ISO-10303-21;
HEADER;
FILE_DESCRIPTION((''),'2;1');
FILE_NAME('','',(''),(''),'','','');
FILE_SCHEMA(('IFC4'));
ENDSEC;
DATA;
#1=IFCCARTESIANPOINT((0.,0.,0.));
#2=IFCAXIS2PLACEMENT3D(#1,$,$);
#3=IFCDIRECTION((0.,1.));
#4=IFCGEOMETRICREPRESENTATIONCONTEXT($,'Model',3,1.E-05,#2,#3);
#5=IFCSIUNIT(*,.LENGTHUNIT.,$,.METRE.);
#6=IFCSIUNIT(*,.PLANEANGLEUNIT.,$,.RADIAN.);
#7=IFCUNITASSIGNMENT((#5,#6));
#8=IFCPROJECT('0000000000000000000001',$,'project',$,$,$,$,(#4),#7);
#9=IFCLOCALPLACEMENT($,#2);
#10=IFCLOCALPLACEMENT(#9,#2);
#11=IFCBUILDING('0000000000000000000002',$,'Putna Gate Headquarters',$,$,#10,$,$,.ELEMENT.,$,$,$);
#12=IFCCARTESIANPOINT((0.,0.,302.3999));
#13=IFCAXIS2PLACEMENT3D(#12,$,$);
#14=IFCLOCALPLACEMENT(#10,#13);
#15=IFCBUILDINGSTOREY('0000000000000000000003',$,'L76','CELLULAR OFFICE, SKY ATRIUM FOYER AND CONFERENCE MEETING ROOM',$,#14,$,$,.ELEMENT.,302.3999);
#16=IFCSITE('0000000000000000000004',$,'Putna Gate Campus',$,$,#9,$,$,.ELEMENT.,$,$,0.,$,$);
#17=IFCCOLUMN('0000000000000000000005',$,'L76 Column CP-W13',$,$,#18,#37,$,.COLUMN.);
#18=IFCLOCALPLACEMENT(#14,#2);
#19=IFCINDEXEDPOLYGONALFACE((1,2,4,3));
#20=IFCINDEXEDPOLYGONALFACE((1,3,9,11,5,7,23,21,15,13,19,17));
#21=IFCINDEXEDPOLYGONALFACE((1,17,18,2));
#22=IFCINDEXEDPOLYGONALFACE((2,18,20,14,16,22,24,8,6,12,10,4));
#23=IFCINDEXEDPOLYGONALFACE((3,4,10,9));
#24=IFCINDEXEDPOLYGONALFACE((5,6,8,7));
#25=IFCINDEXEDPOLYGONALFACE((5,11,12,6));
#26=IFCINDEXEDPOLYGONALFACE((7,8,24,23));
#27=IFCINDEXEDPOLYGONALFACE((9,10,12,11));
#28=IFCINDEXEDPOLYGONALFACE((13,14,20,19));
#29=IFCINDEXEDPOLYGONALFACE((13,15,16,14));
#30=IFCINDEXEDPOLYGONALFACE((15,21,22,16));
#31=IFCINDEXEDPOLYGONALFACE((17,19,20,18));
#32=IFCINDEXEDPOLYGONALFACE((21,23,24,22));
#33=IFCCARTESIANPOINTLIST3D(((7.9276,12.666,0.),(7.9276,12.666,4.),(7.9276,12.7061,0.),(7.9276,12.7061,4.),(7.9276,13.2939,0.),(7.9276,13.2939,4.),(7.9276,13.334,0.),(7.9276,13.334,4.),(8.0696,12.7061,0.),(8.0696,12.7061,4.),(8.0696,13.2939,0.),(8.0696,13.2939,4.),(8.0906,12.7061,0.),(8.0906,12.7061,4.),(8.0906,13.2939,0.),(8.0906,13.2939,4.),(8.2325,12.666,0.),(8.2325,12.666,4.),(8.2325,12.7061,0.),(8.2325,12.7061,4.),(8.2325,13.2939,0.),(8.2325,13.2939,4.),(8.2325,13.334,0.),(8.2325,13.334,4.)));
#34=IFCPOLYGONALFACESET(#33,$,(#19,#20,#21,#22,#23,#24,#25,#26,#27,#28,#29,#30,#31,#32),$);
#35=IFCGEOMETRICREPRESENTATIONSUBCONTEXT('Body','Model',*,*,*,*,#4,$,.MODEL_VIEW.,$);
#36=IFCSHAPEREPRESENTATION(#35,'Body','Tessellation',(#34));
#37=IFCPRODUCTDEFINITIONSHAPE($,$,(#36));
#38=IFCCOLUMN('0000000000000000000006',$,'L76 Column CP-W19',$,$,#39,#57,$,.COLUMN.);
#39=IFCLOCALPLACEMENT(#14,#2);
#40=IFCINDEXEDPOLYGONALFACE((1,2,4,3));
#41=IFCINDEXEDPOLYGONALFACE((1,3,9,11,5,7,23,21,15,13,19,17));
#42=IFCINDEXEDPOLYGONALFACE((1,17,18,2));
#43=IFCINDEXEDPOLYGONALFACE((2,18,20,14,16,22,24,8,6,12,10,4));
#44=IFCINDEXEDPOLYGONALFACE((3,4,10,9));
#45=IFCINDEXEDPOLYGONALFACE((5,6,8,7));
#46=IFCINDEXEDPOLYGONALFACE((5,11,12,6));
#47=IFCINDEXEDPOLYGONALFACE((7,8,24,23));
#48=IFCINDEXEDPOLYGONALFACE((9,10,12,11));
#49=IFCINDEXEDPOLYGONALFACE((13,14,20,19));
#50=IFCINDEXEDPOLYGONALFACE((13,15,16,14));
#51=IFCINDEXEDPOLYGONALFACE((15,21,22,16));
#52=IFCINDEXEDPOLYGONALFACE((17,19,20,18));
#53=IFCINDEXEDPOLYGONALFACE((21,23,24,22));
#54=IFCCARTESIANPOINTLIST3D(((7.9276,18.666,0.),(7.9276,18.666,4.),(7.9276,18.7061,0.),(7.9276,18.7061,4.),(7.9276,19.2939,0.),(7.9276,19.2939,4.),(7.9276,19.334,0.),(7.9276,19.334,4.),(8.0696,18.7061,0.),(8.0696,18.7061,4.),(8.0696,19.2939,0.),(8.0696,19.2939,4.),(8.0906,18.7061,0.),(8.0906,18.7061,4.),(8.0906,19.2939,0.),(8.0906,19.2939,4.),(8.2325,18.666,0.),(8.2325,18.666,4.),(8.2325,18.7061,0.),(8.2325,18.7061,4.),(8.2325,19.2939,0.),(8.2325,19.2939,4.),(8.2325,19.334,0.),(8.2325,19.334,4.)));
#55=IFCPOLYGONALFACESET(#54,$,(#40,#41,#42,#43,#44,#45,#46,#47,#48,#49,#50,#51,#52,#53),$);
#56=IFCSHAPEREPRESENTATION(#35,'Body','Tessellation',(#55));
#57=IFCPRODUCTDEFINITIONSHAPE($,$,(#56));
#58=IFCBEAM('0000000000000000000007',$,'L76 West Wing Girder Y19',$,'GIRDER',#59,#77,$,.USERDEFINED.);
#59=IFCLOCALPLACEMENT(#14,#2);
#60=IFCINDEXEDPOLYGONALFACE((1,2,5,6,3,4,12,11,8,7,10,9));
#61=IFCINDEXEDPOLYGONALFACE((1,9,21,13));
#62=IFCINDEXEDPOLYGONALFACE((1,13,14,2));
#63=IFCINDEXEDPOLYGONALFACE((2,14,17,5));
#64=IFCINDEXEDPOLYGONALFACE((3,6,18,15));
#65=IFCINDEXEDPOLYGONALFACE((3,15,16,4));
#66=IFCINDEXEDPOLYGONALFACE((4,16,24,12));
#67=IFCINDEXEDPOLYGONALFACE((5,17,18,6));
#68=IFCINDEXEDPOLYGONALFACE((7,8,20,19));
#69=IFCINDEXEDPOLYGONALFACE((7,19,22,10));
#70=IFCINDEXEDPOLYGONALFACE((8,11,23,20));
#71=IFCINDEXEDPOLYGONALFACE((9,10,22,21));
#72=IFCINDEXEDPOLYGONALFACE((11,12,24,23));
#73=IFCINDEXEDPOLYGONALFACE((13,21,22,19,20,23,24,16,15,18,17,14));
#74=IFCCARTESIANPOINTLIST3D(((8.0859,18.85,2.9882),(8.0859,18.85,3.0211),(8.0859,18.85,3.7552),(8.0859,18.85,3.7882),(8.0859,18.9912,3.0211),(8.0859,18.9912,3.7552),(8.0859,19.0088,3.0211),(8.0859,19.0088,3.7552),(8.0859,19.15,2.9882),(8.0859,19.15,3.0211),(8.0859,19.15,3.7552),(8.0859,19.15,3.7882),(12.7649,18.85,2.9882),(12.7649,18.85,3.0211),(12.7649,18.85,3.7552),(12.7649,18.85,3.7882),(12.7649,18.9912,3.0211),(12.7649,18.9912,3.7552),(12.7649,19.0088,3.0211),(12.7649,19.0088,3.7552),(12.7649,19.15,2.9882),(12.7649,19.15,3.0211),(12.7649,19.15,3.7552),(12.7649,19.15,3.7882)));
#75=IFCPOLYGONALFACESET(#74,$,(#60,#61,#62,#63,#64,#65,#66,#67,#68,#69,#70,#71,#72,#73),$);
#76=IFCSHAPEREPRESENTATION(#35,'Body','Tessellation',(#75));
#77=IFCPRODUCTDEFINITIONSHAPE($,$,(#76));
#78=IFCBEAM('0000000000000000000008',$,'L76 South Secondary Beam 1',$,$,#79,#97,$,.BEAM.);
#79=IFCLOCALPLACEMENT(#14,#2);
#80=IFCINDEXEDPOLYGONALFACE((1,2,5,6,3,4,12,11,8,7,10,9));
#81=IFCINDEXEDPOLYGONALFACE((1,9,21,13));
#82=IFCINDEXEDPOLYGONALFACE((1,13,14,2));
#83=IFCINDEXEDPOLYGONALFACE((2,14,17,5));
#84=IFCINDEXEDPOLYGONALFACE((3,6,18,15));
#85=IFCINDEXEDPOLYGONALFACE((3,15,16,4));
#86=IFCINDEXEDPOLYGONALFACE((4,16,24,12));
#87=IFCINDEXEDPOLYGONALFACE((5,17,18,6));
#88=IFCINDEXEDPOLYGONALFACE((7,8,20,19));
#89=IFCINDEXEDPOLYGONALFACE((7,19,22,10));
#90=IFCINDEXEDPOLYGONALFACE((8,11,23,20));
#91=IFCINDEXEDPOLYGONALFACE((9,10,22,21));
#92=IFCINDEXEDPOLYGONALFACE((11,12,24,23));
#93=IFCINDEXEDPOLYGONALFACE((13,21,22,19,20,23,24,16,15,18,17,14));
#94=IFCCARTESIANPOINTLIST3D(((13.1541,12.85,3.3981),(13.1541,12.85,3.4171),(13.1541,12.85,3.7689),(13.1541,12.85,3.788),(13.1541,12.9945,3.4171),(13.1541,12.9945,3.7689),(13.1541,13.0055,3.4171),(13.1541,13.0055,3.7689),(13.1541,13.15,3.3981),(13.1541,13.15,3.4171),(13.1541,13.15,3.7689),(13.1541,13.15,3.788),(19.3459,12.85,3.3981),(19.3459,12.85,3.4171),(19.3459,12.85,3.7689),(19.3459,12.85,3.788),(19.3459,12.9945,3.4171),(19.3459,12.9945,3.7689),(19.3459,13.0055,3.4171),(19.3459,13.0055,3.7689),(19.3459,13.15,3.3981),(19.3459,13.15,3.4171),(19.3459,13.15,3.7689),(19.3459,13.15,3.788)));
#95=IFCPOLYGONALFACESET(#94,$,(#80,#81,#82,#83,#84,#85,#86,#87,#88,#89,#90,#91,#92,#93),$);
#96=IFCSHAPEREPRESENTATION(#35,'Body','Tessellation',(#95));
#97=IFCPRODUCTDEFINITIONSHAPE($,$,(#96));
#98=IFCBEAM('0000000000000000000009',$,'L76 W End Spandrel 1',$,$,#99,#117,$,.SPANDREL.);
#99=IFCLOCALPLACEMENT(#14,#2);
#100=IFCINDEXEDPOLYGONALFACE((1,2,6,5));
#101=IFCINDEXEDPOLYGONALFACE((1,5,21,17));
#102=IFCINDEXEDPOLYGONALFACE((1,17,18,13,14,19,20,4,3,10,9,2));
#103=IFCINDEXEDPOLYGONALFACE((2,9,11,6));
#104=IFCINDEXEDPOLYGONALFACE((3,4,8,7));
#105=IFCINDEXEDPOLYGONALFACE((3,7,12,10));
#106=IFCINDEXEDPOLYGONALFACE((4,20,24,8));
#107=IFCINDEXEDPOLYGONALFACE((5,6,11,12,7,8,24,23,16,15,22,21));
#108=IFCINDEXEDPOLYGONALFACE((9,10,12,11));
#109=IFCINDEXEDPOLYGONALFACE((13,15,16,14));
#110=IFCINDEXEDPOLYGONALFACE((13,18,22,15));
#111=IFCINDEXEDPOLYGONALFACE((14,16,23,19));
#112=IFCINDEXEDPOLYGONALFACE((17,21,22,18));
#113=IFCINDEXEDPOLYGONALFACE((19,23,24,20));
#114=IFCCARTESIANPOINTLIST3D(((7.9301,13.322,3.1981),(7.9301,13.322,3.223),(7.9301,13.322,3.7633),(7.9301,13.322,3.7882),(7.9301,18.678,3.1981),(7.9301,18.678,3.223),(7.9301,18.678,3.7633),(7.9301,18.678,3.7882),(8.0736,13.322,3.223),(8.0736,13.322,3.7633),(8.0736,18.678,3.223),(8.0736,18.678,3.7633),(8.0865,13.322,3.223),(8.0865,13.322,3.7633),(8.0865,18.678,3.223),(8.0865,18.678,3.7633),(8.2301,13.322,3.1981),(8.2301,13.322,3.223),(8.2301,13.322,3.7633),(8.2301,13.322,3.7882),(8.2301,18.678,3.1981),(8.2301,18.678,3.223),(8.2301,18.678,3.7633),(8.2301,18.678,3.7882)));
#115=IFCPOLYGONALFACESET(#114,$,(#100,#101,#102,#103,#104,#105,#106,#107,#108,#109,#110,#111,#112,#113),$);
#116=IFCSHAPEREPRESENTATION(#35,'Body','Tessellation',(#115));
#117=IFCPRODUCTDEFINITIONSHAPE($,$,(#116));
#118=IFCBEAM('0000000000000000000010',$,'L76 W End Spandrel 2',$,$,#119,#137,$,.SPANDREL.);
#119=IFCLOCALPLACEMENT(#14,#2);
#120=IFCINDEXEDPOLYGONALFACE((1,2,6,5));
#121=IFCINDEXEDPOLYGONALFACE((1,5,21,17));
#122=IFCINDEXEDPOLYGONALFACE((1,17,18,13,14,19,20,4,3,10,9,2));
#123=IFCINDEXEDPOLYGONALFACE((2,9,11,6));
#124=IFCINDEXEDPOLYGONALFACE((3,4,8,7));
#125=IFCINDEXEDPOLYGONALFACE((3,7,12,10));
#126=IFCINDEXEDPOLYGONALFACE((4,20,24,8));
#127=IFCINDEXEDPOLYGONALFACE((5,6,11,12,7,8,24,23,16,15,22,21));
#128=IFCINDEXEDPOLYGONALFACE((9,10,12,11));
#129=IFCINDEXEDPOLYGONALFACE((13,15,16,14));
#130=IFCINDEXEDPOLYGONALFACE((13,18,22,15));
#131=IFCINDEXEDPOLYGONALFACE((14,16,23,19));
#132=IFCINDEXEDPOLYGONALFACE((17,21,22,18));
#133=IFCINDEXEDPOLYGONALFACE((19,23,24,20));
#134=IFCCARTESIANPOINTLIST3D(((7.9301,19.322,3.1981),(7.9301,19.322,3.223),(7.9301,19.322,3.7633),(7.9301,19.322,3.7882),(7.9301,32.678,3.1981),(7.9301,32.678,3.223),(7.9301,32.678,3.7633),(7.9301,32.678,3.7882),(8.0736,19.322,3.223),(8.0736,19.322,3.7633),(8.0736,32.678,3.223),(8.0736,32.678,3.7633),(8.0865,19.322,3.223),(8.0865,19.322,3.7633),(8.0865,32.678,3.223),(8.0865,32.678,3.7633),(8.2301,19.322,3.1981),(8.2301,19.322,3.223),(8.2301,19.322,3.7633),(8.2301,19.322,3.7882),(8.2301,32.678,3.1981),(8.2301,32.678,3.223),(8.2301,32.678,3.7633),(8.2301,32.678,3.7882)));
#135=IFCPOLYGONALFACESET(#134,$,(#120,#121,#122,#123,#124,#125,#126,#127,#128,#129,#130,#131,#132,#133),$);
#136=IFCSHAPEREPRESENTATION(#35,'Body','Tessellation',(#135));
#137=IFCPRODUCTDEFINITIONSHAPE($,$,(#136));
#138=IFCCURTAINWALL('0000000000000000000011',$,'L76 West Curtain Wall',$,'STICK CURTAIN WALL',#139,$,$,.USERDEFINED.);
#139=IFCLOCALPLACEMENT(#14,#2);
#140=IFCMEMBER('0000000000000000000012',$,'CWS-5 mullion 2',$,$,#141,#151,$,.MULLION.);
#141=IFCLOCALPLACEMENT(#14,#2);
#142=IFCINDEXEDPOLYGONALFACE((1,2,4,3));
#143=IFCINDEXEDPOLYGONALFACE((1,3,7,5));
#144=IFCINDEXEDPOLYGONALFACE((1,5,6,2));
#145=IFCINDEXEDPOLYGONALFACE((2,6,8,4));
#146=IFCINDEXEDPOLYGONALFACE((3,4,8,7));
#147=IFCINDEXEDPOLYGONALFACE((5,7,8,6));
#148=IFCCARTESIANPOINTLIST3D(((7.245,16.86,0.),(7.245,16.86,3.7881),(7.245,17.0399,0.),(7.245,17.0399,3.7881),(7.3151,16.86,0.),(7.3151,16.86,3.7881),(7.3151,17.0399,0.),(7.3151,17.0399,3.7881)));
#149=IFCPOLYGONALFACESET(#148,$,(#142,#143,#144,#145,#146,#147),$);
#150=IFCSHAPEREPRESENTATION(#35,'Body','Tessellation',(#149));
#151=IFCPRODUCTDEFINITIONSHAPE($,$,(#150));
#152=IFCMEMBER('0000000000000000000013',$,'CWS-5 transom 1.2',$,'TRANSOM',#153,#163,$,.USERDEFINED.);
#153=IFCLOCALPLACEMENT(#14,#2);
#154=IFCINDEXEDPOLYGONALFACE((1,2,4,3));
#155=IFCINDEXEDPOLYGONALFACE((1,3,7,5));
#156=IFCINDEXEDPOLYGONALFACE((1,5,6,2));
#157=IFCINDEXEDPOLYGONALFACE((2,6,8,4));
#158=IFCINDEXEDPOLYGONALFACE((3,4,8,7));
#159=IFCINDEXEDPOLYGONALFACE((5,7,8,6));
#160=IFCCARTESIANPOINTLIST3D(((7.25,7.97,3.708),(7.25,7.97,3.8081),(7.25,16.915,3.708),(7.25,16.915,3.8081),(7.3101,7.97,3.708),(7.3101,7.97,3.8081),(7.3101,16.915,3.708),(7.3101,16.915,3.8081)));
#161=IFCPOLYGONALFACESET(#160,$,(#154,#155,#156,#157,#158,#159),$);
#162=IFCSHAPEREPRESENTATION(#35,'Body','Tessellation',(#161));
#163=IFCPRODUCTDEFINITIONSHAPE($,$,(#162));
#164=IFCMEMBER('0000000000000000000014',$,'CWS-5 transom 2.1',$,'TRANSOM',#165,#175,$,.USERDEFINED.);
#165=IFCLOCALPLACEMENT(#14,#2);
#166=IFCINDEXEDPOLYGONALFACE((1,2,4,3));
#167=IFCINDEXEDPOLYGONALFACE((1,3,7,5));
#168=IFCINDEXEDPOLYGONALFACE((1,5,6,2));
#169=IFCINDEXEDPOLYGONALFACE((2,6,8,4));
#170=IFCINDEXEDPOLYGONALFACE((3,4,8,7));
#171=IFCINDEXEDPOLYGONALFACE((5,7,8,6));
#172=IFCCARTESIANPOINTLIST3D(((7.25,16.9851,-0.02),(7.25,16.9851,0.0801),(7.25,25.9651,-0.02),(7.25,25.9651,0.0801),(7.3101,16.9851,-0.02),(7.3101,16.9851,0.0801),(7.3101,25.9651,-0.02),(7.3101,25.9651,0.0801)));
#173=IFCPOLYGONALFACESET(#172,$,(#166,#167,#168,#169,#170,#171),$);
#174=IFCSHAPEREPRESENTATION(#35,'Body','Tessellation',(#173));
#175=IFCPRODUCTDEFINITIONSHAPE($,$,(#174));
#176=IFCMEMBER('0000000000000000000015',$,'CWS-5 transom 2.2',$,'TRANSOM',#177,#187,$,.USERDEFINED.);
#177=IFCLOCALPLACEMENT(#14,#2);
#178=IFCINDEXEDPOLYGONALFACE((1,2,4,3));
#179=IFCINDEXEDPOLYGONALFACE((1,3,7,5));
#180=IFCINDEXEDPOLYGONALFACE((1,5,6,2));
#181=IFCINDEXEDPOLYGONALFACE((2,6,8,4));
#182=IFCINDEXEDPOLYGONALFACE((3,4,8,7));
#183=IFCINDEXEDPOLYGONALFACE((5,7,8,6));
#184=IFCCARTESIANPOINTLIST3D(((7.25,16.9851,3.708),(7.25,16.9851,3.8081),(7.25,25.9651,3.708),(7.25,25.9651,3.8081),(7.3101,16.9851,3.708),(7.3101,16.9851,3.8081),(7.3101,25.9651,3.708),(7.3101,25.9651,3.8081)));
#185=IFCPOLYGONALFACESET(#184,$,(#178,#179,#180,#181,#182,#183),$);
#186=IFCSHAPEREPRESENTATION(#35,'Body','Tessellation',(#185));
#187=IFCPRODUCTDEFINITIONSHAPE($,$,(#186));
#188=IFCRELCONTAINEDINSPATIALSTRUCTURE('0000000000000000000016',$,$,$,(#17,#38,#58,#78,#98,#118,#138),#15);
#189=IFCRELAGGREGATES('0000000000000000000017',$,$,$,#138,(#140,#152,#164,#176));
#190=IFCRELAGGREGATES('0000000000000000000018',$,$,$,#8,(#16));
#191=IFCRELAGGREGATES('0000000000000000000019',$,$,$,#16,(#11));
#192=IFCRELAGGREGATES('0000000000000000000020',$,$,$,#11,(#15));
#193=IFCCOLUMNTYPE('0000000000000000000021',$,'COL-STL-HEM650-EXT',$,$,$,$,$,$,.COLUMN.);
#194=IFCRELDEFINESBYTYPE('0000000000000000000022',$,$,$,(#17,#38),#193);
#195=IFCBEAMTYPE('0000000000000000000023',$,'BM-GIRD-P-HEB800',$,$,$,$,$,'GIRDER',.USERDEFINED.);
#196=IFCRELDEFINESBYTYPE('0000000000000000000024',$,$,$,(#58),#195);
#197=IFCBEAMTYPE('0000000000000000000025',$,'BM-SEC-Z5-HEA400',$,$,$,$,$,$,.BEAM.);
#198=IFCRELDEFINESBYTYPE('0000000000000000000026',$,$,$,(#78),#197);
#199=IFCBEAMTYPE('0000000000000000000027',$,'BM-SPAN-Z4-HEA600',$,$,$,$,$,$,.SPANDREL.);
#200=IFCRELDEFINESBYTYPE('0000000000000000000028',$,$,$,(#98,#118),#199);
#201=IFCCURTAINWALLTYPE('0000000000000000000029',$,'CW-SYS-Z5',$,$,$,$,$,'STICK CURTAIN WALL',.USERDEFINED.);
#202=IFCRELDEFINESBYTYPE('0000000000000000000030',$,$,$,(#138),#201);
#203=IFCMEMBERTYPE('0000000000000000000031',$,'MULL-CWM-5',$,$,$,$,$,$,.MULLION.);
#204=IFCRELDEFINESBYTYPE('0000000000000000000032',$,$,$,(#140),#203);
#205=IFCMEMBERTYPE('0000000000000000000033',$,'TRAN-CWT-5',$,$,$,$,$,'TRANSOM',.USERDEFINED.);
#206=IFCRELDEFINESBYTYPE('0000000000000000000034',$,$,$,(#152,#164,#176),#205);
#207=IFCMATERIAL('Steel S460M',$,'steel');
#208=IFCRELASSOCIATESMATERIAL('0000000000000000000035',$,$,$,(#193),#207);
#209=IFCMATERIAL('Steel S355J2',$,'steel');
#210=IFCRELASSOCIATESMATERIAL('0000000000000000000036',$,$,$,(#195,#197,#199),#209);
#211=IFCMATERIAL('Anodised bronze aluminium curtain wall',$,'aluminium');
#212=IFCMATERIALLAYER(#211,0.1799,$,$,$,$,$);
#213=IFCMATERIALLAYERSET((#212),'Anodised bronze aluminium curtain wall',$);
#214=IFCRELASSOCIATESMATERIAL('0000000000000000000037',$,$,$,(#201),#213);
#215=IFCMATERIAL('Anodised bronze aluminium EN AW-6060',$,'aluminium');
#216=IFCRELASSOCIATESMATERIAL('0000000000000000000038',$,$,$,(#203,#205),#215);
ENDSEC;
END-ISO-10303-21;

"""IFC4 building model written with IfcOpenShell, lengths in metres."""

from ifc_helpers import new_model, si_unit, direction, frame, origin, origin_2d, place, context, subcontext, project, spatial, rectangle, i_section, extrude, material, layer, layer_set, material_profile, profile_set, type_object, element, aggregate, save


model = new_model("IFC4")

# Units and contexts
model_context = context("Model", 3, precision=1e-05, world=origin(), true_north=direction((0.0, 1.0)))
body_context = subcontext(model_context, "Body", "Model", "MODEL_VIEW")
ifc_project = project(units=[si_unit("LENGTHUNIT", "METRE"), si_unit("PLANEANGLEUNIT", "RADIAN")], contexts=[model_context])

# Site, building, storey
site_placement = place(None, origin())
site = spatial("IfcSite", under=ifc_project, at=site_placement, Name="Putna Gate Campus", CompositionType="ELEMENT", RefElevation=0.0)
building_placement = place(site_placement, origin())
building = spatial("IfcBuilding", under=site, at=building_placement, Name="Putna Gate Headquarters", CompositionType="ELEMENT")
storey_placement = place(building_placement, frame((0.0, 0.0, 302.3999)))
storey = spatial("IfcBuildingStorey", under=building, at=storey_placement, Name="L76", Description="CELLULAR OFFICE, SKY ATRIUM FOYER AND CONFERENCE MEETING ROOM", CompositionType="ELEMENT", Elevation=302.3999)

# Columns
ifc_material_1 = material(Name="Steel S460M", Category="steel")
ifc_material_profile_1 = material_profile(ifc_material_1, i_section(OverallWidth=0.3049, OverallDepth=0.668, WebThickness=0.021, FlangeThickness=0.04, at=origin_2d()), Name="Steel S460M")
ifc_profile_set_1 = profile_set([ifc_material_profile_1], Name="Steel S460M")
column_type = type_object("IfcColumnType", Name="COL-STL-HEM650-EXT", PredefinedType="COLUMN", material=ifc_profile_set_1)
for number, where, z_axis, x_axis, name in (
    (1, (8.0801, 13.0, 0.0), (0.0, 0.0, 1.0), (1.0, 0.0, 0.0), "L76 Column CP-W13"),
    (2, (8.0801, 19.0, 0.0), (0.0, 0.0, 1.0), (1.0, 0.0, 0.0), "L76 Column CP-W19"),
):
    element("IfcColumn", number, at=place(storey_placement, frame(where, z_axis=z_axis, x_axis=x_axis)), inside=storey, type_object=column_type, Name=name, PredefinedType="COLUMN", context=body_context, shape_type="SweptSolid", body=[
        extrude(i_section(OverallWidth=0.3049, OverallDepth=0.668, WebThickness=0.021, FlangeThickness=0.04, at=origin_2d()), origin(), (0.0, 0.0, 1.0), 4.0),
    ])

# Beams
ifc_material_2 = material(Name="Steel S355J2", Category="steel")
ifc_material_profile_2 = material_profile(ifc_material_2, i_section(OverallWidth=0.3, OverallDepth=0.8, WebThickness=0.0176, FlangeThickness=0.033, at=origin_2d()), Name="Steel S355J2")
ifc_profile_set_2 = profile_set([ifc_material_profile_2], Name="Steel S355J2")
beam_type_1 = type_object("IfcBeamType", Name="BM-GIRD-P-HEB800", ElementType="GIRDER", PredefinedType="USERDEFINED", material=ifc_profile_set_2)
beam_1_placement = place(storey_placement, frame((8.0859, 19.0, 3.3882), z_axis=(1.0, 0.0, 0.0), x_axis=(0.0, 1.0, 0.0)))
element("IfcBeam", 3, at=beam_1_placement, inside=storey, type_object=beam_type_1, Name="L76 West Wing Girder Y19", ObjectType="GIRDER", PredefinedType="USERDEFINED", context=body_context, shape_type="SweptSolid", body=[
    extrude(i_section(OverallWidth=0.3, OverallDepth=0.8, WebThickness=0.0176, FlangeThickness=0.033, at=origin_2d()), origin(), (0.0, 0.0, 1.0), 4.679),
])
ifc_material_profile_3 = material_profile(ifc_material_2, i_section(OverallWidth=0.3, OverallDepth=0.3899, WebThickness=0.011, FlangeThickness=0.019, at=origin_2d()), Name="Steel S355J2")
ifc_profile_set_3 = profile_set([ifc_material_profile_3], Name="Steel S355J2")
beam_type_2 = type_object("IfcBeamType", Name="BM-SEC-Z5-HEA400", PredefinedType="BEAM", material=ifc_profile_set_3)
beam_2_placement = place(storey_placement, frame((13.1541, 13.0, 3.593), z_axis=(1.0, 0.0, 0.0), x_axis=(0.0, 1.0, 0.0)))
element("IfcBeam", 4, at=beam_2_placement, inside=storey, type_object=beam_type_2, Name="L76 South Secondary Beam 1", PredefinedType="BEAM", context=body_context, shape_type="SweptSolid", body=[
    extrude(i_section(OverallWidth=0.3, OverallDepth=0.3899, WebThickness=0.011, FlangeThickness=0.019, at=origin_2d()), origin(), (0.0, 0.0, 1.0), 6.1919),
])
ifc_material_profile_4 = material_profile(ifc_material_2, i_section(OverallWidth=0.3, OverallDepth=0.5901, WebThickness=0.0129, FlangeThickness=0.0249, at=origin_2d()), Name="Steel S355J2")
ifc_profile_set_4 = profile_set([ifc_material_profile_4], Name="Steel S355J2")
beam_type_3 = type_object("IfcBeamType", Name="BM-SPAN-Z4-HEA600", PredefinedType="SPANDREL", material=ifc_profile_set_4)
beam_3_placement = place(storey_placement, frame((8.0801, 13.322, 3.4932), z_axis=(0.0, 1.0, 0.0), x_axis=(-1.0, 0.0, 0.0)))
element("IfcBeam", 5, at=beam_3_placement, inside=storey, type_object=beam_type_3, Name="L76 W End Spandrel 1", PredefinedType="SPANDREL", context=body_context, shape_type="SweptSolid", body=[
    extrude(i_section(OverallWidth=0.3, OverallDepth=0.5901, WebThickness=0.0129, FlangeThickness=0.0249, at=origin_2d()), origin(), (0.0, 0.0, 1.0), 5.356),
])
beam_4_placement = place(storey_placement, frame((8.0801, 19.322, 3.4932), z_axis=(0.0, 1.0, 0.0), x_axis=(-1.0, 0.0, 0.0)))
element("IfcBeam", 6, at=beam_4_placement, inside=storey, type_object=beam_type_3, Name="L76 W End Spandrel 2", PredefinedType="SPANDREL", context=body_context, shape_type="SweptSolid", body=[
    extrude(i_section(OverallWidth=0.3, OverallDepth=0.5901, WebThickness=0.0129, FlangeThickness=0.0249, at=origin_2d()), origin(), (0.0, 0.0, 1.0), 13.356),
])

# Curtain wall, members
ifc_material_3 = material(Name="Anodised bronze aluminium curtain wall", Category="aluminium")
ifc_layer_1 = layer(ifc_material_3, 0.1799)
ifc_layer_set_1 = layer_set([ifc_layer_1], Name="Anodised bronze aluminium curtain wall")
curtain_wall_type = type_object("IfcCurtainWallType", Name="CW-SYS-Z5", ElementType="STICK CURTAIN WALL", PredefinedType="USERDEFINED", material=ifc_layer_set_1)
curtain_wall_placement = place(storey_placement, origin())
curtain_wall = element("IfcCurtainWall", 7, at=curtain_wall_placement, inside=storey, type_object=curtain_wall_type, Name="L76 West Curtain Wall", ObjectType="STICK CURTAIN WALL", PredefinedType="USERDEFINED")
ifc_material_4 = material(Name="Anodised bronze aluminium EN AW-6060", Category="aluminium")
ifc_material_profile_5 = material_profile(ifc_material_4, rectangle(XDim=0.0701, YDim=0.1799, at=origin_2d()), Name="Anodised bronze aluminium EN AW-6060")
ifc_profile_set_5 = profile_set([ifc_material_profile_5], Name="Anodised bronze aluminium EN AW-6060")
member_type_1 = type_object("IfcMemberType", Name="MULL-CWM-5", PredefinedType="MULLION", material=ifc_profile_set_5)
member_1_placement = place(storey_placement, frame((7.28, 16.95, 0.0), z_axis=(0.0, 0.0, 1.0), x_axis=(-1.0, 0.0, 0.0)))
member_1 = element("IfcMember", 8, at=member_1_placement, type_object=member_type_1, Name="CWS-5 mullion 2", PredefinedType="MULLION", context=body_context, shape_type="SweptSolid", body=[
    extrude(rectangle(XDim=0.0701, YDim=0.1799, at=origin_2d()), origin(), (0.0, 0.0, 1.0), 3.7881),
])
ifc_material_profile_6 = material_profile(ifc_material_4, rectangle(XDim=0.0601, YDim=0.1001, at=origin_2d()), Name="Anodised bronze aluminium EN AW-6060")
ifc_profile_set_6 = profile_set([ifc_material_profile_6], Name="Anodised bronze aluminium EN AW-6060")
member_type_2 = type_object("IfcMemberType", Name="TRAN-CWT-5", ElementType="TRANSOM", PredefinedType="USERDEFINED", material=ifc_profile_set_6)
member_2_placement = place(storey_placement, frame((7.28, 7.97, 3.7581), z_axis=(0.0, 1.0, 0.0), x_axis=(-1.0, 0.0, 0.0)))
member_2 = element("IfcMember", 9, at=member_2_placement, type_object=member_type_2, Name="CWS-5 transom 1.2", ObjectType="TRANSOM", PredefinedType="USERDEFINED", context=body_context, shape_type="SweptSolid", body=[
    extrude(rectangle(XDim=0.0601, YDim=0.1001, at=origin_2d()), origin(), (0.0, 0.0, 1.0), 8.9451),
])
member_3_placement = place(storey_placement, frame((7.28, 16.9851, 0.03), z_axis=(0.0, 1.0, 0.0), x_axis=(-1.0, 0.0, 0.0)))
member_3 = element("IfcMember", 10, at=member_3_placement, type_object=member_type_2, Name="CWS-5 transom 2.1", ObjectType="TRANSOM", PredefinedType="USERDEFINED", context=body_context, shape_type="SweptSolid", body=[
    extrude(rectangle(XDim=0.0601, YDim=0.1001, at=origin_2d()), origin(), (0.0, 0.0, 1.0), 8.98),
])
member_4_placement = place(storey_placement, frame((7.28, 16.9851, 3.7581), z_axis=(0.0, 1.0, 0.0), x_axis=(-1.0, 0.0, 0.0)))
member_4 = element("IfcMember", 11, at=member_4_placement, type_object=member_type_2, Name="CWS-5 transom 2.2", ObjectType="TRANSOM", PredefinedType="USERDEFINED", context=body_context, shape_type="SweptSolid", body=[
    extrude(rectangle(XDim=0.0601, YDim=0.1001, at=origin_2d()), origin(), (0.0, 0.0, 1.0), 8.98),
])
aggregate(curtain_wall, [member_1, member_2, member_3, member_4])

save(model, "model.ifc")
